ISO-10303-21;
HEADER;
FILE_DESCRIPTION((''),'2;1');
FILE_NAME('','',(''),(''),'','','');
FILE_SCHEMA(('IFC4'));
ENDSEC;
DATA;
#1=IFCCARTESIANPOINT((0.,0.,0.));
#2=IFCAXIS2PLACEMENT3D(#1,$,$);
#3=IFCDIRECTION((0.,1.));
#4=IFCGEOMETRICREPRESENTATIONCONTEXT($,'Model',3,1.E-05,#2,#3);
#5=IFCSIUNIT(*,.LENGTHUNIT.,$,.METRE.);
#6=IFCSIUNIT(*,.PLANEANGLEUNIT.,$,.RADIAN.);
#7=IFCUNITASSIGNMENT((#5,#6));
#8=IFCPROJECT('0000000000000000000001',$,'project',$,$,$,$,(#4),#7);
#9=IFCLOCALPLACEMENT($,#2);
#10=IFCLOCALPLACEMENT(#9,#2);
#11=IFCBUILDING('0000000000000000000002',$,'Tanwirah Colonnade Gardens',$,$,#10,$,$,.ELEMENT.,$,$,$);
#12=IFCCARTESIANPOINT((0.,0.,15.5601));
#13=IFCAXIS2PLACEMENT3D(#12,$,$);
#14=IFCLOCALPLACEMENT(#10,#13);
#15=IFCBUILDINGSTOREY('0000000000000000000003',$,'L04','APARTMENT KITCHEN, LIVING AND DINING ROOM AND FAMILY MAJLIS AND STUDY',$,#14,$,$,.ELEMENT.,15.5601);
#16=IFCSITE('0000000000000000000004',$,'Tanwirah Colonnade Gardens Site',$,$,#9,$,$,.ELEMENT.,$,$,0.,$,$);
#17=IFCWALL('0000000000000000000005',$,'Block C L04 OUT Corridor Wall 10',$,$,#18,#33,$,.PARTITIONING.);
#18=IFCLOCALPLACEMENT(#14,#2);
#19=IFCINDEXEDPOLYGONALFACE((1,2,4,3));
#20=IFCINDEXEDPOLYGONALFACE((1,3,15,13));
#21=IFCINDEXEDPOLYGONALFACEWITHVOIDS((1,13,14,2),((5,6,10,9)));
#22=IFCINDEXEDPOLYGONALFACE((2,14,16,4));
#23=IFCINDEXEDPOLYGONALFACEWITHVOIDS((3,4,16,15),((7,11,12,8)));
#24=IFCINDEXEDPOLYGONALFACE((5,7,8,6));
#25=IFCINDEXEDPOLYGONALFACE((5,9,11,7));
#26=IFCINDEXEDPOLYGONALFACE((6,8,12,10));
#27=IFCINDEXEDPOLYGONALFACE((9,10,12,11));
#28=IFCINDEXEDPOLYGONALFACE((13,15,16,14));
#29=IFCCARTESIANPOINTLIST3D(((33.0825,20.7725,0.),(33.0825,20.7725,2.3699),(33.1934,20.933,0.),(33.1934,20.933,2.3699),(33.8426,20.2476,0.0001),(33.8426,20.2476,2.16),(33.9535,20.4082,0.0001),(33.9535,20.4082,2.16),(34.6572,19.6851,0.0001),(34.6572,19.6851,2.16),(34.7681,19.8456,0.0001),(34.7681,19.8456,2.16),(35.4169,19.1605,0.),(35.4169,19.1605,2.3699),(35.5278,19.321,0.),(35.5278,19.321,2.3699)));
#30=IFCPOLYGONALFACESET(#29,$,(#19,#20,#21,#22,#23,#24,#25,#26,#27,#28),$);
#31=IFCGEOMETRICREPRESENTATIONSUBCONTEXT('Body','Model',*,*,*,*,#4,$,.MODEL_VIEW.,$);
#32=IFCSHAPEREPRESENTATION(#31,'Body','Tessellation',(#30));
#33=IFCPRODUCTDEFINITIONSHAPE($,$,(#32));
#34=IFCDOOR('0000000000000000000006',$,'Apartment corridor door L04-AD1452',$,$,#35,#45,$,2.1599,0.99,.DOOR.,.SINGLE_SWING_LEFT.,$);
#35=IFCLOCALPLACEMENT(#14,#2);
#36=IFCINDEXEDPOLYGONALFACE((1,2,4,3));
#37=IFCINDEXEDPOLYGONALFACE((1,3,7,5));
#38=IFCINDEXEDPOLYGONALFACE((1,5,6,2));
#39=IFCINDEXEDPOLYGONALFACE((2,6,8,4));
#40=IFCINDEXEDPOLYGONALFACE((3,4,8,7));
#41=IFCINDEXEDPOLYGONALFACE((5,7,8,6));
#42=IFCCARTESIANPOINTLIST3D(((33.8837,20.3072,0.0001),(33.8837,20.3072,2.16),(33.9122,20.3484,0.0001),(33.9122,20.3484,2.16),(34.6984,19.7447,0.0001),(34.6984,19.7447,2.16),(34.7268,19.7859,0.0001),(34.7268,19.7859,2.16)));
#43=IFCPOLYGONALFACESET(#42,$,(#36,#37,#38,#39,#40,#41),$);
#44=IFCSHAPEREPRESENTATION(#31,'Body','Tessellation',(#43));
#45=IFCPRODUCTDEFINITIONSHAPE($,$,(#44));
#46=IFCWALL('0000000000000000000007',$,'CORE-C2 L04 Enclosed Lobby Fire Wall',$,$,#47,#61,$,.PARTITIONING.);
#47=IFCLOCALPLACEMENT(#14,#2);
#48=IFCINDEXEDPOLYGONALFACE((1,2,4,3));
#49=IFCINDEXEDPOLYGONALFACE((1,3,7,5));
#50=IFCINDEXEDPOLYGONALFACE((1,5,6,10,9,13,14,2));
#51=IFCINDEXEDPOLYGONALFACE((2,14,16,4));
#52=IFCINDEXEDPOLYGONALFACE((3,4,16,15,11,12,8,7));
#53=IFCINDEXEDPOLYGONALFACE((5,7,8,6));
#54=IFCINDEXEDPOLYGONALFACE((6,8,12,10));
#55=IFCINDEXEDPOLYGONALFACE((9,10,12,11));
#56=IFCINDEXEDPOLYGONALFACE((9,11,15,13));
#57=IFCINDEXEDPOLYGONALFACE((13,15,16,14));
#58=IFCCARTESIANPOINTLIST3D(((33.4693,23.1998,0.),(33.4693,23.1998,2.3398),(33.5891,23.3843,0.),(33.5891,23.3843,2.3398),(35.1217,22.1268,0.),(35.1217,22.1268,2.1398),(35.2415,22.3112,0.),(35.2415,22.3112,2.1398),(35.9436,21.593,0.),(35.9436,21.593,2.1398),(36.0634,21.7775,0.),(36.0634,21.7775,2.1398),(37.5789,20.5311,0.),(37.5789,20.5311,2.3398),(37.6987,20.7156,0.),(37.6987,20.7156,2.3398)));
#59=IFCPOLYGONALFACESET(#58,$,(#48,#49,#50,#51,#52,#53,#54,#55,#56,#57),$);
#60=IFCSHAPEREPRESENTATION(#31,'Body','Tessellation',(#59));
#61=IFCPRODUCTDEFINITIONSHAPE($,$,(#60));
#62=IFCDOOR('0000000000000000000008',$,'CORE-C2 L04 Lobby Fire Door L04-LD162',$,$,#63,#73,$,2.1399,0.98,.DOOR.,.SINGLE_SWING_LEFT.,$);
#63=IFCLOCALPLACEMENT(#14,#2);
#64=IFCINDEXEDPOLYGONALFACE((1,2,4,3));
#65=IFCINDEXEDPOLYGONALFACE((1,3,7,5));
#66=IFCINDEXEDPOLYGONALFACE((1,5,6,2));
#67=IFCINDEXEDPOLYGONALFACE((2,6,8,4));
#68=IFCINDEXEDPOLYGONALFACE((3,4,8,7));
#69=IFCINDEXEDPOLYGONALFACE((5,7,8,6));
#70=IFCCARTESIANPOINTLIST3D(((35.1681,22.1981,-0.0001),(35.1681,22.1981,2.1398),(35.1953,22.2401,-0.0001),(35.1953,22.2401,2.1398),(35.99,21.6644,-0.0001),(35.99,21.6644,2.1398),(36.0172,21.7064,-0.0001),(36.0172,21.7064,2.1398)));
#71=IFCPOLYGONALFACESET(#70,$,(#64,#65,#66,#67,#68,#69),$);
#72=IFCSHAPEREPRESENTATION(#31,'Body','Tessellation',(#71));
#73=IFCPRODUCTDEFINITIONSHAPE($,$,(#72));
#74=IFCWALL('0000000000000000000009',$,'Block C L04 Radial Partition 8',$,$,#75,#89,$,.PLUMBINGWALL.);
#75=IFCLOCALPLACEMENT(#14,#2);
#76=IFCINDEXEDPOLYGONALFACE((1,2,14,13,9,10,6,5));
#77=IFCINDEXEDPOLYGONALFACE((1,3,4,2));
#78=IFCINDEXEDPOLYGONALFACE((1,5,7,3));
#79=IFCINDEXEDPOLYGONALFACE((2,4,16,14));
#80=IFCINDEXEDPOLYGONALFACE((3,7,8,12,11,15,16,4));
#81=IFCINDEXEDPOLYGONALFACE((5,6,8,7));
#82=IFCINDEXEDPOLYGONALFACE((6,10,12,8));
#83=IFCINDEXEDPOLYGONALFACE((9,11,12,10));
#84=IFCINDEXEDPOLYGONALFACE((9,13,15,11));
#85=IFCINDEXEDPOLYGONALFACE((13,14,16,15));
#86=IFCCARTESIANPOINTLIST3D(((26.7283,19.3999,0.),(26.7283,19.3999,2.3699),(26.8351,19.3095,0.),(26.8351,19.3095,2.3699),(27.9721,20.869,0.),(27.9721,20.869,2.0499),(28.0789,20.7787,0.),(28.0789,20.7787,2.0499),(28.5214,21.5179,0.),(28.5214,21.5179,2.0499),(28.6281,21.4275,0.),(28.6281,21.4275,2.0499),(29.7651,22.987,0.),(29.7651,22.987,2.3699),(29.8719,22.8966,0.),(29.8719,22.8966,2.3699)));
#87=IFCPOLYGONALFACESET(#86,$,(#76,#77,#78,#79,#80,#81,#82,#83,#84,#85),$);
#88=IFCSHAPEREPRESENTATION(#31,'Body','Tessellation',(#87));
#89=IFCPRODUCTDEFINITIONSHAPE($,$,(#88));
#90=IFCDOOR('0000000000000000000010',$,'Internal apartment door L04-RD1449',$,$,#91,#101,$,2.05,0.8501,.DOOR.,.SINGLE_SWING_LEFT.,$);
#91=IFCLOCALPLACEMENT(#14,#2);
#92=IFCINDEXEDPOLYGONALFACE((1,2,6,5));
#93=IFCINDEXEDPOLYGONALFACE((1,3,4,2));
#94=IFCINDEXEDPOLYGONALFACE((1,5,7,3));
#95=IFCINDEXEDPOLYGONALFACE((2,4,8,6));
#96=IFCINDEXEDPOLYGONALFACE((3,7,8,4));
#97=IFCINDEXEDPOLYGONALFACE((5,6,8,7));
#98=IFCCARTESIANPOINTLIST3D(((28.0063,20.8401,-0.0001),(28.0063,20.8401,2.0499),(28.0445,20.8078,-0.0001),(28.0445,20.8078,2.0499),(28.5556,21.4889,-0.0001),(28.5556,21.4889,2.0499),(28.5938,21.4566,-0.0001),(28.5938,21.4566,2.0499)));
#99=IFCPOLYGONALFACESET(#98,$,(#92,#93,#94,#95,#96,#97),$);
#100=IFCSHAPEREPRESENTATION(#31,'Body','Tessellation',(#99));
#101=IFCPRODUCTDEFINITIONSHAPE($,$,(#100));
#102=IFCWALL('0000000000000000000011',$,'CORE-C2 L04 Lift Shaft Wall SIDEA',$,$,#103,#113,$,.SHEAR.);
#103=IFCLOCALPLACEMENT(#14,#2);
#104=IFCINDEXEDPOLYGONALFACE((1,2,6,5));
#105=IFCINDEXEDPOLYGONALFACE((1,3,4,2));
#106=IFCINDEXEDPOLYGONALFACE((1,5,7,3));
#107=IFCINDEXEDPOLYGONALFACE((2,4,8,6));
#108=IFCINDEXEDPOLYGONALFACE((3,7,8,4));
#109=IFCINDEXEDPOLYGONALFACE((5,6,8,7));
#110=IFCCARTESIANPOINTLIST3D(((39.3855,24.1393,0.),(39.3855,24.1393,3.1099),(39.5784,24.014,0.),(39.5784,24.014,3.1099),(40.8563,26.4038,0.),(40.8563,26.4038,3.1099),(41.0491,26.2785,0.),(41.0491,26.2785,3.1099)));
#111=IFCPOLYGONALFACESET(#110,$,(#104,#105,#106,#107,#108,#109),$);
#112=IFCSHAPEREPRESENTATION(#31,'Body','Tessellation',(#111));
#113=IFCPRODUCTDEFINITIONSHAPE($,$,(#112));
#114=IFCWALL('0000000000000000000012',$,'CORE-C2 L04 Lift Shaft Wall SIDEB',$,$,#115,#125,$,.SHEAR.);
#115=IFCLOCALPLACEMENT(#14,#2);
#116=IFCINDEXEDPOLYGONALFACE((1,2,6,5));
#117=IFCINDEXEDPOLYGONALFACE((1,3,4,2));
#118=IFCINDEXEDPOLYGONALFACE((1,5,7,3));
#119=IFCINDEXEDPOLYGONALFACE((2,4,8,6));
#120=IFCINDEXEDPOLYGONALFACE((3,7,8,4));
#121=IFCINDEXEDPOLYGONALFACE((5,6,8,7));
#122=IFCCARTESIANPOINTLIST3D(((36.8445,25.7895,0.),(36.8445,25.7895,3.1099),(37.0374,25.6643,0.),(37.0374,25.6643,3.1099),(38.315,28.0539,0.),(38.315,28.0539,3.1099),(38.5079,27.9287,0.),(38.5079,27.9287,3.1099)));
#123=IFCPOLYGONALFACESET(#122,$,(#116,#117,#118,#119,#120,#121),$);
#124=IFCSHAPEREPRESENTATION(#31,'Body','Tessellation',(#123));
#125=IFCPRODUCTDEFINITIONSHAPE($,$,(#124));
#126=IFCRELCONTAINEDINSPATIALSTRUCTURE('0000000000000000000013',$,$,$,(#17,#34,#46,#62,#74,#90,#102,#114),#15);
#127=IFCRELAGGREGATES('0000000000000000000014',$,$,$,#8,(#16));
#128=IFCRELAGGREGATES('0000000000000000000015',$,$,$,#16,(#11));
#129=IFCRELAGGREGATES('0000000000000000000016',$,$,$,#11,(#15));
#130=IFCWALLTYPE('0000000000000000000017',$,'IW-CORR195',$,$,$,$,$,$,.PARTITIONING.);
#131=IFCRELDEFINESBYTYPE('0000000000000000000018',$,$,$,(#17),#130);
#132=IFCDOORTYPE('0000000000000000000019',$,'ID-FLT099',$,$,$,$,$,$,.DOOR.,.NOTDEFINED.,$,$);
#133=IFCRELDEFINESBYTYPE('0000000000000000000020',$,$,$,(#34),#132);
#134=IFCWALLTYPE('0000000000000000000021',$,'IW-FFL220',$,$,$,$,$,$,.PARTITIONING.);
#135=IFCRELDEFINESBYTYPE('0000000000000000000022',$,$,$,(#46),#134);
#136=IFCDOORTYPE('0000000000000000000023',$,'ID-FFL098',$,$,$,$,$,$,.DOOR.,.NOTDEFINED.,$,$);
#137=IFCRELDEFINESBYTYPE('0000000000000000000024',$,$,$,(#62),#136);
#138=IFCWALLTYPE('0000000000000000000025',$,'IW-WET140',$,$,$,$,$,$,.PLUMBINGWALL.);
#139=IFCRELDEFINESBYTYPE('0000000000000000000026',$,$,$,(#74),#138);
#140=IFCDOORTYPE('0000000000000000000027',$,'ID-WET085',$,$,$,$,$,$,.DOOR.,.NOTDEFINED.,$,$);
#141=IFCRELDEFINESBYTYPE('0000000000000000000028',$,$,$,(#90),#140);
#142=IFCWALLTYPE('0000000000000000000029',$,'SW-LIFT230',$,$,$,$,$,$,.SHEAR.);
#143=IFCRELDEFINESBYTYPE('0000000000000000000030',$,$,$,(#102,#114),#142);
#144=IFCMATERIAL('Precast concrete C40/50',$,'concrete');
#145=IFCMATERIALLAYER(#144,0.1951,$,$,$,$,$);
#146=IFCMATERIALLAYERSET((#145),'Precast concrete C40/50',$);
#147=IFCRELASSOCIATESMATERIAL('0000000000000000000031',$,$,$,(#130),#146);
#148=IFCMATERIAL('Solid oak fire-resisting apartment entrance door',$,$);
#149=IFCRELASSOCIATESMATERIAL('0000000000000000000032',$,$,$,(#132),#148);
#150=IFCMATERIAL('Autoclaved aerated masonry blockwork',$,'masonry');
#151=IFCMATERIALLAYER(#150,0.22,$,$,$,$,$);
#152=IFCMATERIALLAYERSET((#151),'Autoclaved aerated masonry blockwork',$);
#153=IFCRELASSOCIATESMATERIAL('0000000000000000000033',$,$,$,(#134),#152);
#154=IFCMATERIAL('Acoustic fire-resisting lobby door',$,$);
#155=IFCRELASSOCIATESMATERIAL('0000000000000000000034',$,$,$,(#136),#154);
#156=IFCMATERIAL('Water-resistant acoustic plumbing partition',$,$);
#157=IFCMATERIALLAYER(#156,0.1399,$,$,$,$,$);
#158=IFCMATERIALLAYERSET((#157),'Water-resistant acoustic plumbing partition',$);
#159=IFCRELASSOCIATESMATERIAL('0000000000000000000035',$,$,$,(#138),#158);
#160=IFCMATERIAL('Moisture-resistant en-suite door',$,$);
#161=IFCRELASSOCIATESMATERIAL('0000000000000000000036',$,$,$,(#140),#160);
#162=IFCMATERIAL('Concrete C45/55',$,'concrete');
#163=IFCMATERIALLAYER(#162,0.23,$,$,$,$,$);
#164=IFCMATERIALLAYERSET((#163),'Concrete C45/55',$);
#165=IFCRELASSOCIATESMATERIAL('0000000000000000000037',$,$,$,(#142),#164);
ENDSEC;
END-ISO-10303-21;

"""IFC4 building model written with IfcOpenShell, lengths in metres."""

from ifc_helpers import new_model, si_unit, direction, frame, frame_2d, origin, place, context, subcontext, project, spatial, rectangle, extrude, material, layer, layer_set, type_object, element, fill, save


model = new_model("IFC4")

# Units and contexts
model_context = context("Model", 3, precision=1e-05, world=origin(), true_north=direction((0.0, 1.0)))
body_context = subcontext(model_context, "Body", "Model", "MODEL_VIEW")
ifc_project = project(units=[si_unit("LENGTHUNIT", "METRE"), si_unit("PLANEANGLEUNIT", "RADIAN")], contexts=[model_context])

# Site, building, storey
site_placement = place(None, origin())
site = spatial("IfcSite", under=ifc_project, at=site_placement, Name="Tanwirah Colonnade Gardens Site", CompositionType="ELEMENT", RefElevation=0.0)
building_placement = place(site_placement, origin())
building = spatial("IfcBuilding", under=site, at=building_placement, Name="Tanwirah Colonnade Gardens", CompositionType="ELEMENT")
storey_placement = place(building_placement, frame((0.0, 0.0, 15.5601)))
storey = spatial("IfcBuildingStorey", under=building, at=storey_placement, Name="L04", Description="APARTMENT KITCHEN, LIVING AND DINING ROOM AND FAMILY MAJLIS AND STUDY", CompositionType="ELEMENT", Elevation=15.5601)

# Shared definitions
ifc_material_1 = material(Name="Precast concrete C40/50", Category="concrete")

# Walls, openings, doors
ifc_layer_1 = layer(ifc_material_1, 0.1951)
ifc_layer_set_1 = layer_set([ifc_layer_1], Name="Precast concrete C40/50")
wall_type_1 = type_object("IfcWallType", Name="IW-CORR195", PredefinedType="PARTITIONING", material=ifc_layer_set_1)
ifc_material_2 = material(Name="Solid oak fire-resisting apartment entrance door")
wall_1_placement = place(storey_placement, frame((33.1379, 20.8528, 0.0), z_axis=(0.0, 0.0, 1.0), x_axis=(0.82287, -0.56823, 0.0)))
wall_1 = element("IfcWall", 1, at=wall_1_placement, inside=storey, type_object=wall_type_1, Name="Block C L04 OUT Corridor Wall 10", PredefinedType="PARTITIONING", context=body_context, shape_type="SweptSolid", body=[
    extrude(rectangle(XDim=2.8369, YDim=0.1951, at=frame_2d((1.4185, 0.0))), origin(), (0.0, 0.0, 1.0), 2.3699),
])
opening_1_placement = place(wall_1_placement, frame((0.9236, 0.0, 0.0)))
opening_1 = element("IfcOpeningElement", 2, at=opening_1_placement, cuts=wall_1, PredefinedType="OPENING", context=body_context, shape_type="SweptSolid", body=[
    extrude(rectangle(XDim=0.99, YDim=2.1599, at=frame_2d((0.4951, 1.0801))), frame((0.0, 0.1074, 0.0), z_axis=(0.0, -1.0, 0.0), x_axis=(1.0, 0.0, 0.0)), (0.0, 0.0, 1.0), 0.2151),
])
door_type_1 = type_object("IfcDoorType", Name="ID-FLT099", OperationType="NOTDEFINED", PredefinedType="DOOR", material=ifc_material_2)
door_1_placement = place(opening_1_placement, origin())
door_1 = element("IfcDoor", 3, at=door_1_placement, inside=storey, type_object=door_type_1, Name="Apartment corridor door L04-AD1452", OperationType="SINGLE_SWING_LEFT", OverallHeight=2.1599, OverallWidth=0.99, PredefinedType="DOOR", context=body_context, shape_type="SweptSolid", body=[
    extrude(rectangle(XDim=0.99, YDim=2.1599, at=frame_2d((0.4951, 1.0801))), frame((0.0, 0.0249, 0.0), z_axis=(0.0, -1.0, 0.0), x_axis=(1.0, 0.0, 0.0)), (0.0, 0.0, 1.0), 0.05),
])
fill(opening_1, door_1)
ifc_material_3 = material(Name="Autoclaved aerated masonry blockwork", Category="masonry")
ifc_layer_2 = layer(ifc_material_3, 0.22)
ifc_layer_set_2 = layer_set([ifc_layer_2], Name="Autoclaved aerated masonry blockwork")
wall_type_2 = type_object("IfcWallType", Name="IW-FFL220", PredefinedType="PARTITIONING", material=ifc_layer_set_2)
wall_2_placement = place(storey_placement, frame((37.6389, 20.6233, 0.0), z_axis=(0.0, 0.0, 1.0), x_axis=(-0.838681, 0.544622, 0.0)))
wall_2 = element("IfcWall", 4, at=wall_2_placement, inside=storey, type_object=wall_type_2, Name="CORE-C2 L04 Enclosed Lobby Fire Wall", PredefinedType="PARTITIONING", context=body_context, shape_type="SweptSolid", body=[
    extrude(rectangle(XDim=4.9001, YDim=0.22, at=frame_2d((2.4502, 0.0))), origin(), (0.0, 0.0, 1.0), 2.3398),
])
opening_2_placement = place(wall_2_placement, frame((1.95, 0.0, 0.0)))
opening_2 = element("IfcOpeningElement", 5, at=opening_2_placement, cuts=wall_2, PredefinedType="OPENING", context=body_context, shape_type="SweptSolid", body=[
    extrude(rectangle(XDim=0.98, YDim=2.1399, at=frame_2d((0.49, 1.0698))), frame((0.0, 0.1199, 0.0), z_axis=(0.0, -1.0, 0.0), x_axis=(1.0, 0.0, 0.0)), (0.0, 0.0, 1.0), 0.24),
])
ifc_material_4 = material(Name="Acoustic fire-resisting lobby door")
door_type_2 = type_object("IfcDoorType", Name="ID-FFL098", OperationType="NOTDEFINED", PredefinedType="DOOR", material=ifc_material_4)
door_2_placement = place(opening_2_placement, origin())
door_2 = element("IfcDoor", 6, at=door_2_placement, inside=storey, type_object=door_type_2, Name="CORE-C2 L04 Lobby Fire Door L04-LD162", OperationType="SINGLE_SWING_LEFT", OverallHeight=2.1399, OverallWidth=0.98, PredefinedType="DOOR", context=body_context, shape_type="SweptSolid", body=[
    extrude(rectangle(XDim=0.98, YDim=2.1399, at=frame_2d((0.49, 1.0698))), frame((0.0, 0.0249, 0.0), z_axis=(0.0, -1.0, 0.0), x_axis=(1.0, 0.0, 0.0)), (0.0, 0.0, 1.0), 0.05),
])
fill(opening_2, door_2)
ifc_material_5 = material(Name="Water-resistant acoustic plumbing partition")
ifc_layer_3 = layer(ifc_material_5, 0.1399)
ifc_layer_set_3 = layer_set([ifc_layer_3], Name="Water-resistant acoustic plumbing partition")
wall_type_3 = type_object("IfcWallType", Name="IW-WET140", PredefinedType="PLUMBINGWALL", material=ifc_layer_set_3)
wall_3_placement = place(storey_placement, frame((29.8186, 22.9419, 0.0), z_axis=(0.0, 0.0, 1.0), x_axis=(-0.646138, -0.763221, 0.0)))
wall_3 = element("IfcWall", 7, at=wall_3_placement, inside=storey, type_object=wall_type_3, Name="Block C L04 Radial Partition 8", PredefinedType="PLUMBINGWALL", context=body_context, shape_type="SweptSolid", body=[
    extrude(rectangle(XDim=4.7, YDim=0.1399, at=frame_2d((2.3501, 0.0))), origin(), (0.0, 0.0, 1.0), 2.3699),
])
opening_3_placement = place(wall_3_placement, frame((1.925, 0.0, 0.0)))
opening_3 = element("IfcOpeningElement", 8, at=opening_3_placement, cuts=wall_3, PredefinedType="OPENING", context=body_context, shape_type="SweptSolid", body=[
    extrude(rectangle(XDim=0.8501, YDim=2.05, at=frame_2d((0.425, 1.0249))), frame((0.0, 0.0798, 0.0), z_axis=(0.0, -1.0, 0.0), x_axis=(1.0, 0.0, 0.0)), (0.0, 0.0, 1.0), 0.1599),
])
ifc_material_6 = material(Name="Moisture-resistant en-suite door")
door_type_3 = type_object("IfcDoorType", Name="ID-WET085", OperationType="NOTDEFINED", PredefinedType="DOOR", material=ifc_material_6)
door_3_placement = place(opening_3_placement, origin())
door_3 = element("IfcDoor", 9, at=door_3_placement, inside=storey, type_object=door_type_3, Name="Internal apartment door L04-RD1449", OperationType="SINGLE_SWING_LEFT", OverallHeight=2.05, OverallWidth=0.8501, PredefinedType="DOOR", context=body_context, shape_type="SweptSolid", body=[
    extrude(rectangle(XDim=0.8501, YDim=2.05, at=frame_2d((0.425, 1.0249))), frame((0.0, 0.0249, 0.0), z_axis=(0.0, -1.0, 0.0), x_axis=(1.0, 0.0, 0.0)), (0.0, 0.0, 1.0), 0.05),
])
fill(opening_3, door_3)
ifc_material_7 = material(Name="Concrete C45/55", Category="concrete")
ifc_layer_4 = layer(ifc_material_7, 0.23)
ifc_layer_set_4 = layer_set([ifc_layer_4], Name="Concrete C45/55")
wall_type_4 = type_object("IfcWallType", Name="SW-LIFT230", PredefinedType="SHEAR", material=ifc_layer_set_4)

# Walls
wall_4_placement = place(storey_placement, frame((39.4819, 24.0767, 0.0), z_axis=(0.0, 0.0, 1.0), x_axis=(0.544686, 0.83864, 0.0)))
element("IfcWall", 10, at=wall_4_placement, inside=storey, type_object=wall_type_4, Name="CORE-C2 L04 Lift Shaft Wall SIDEA", PredefinedType="SHEAR", context=body_context, shape_type="SweptSolid", body=[
    extrude(rectangle(XDim=2.7002, YDim=0.23, at=frame_2d((1.3501, 0.0))), origin(), (0.0, 0.0, 1.0), 3.1099),
])
wall_5_placement = place(storey_placement, frame((36.9409, 25.7268, 0.0), z_axis=(0.0, 0.0, 1.0), x_axis=(0.544623, 0.838681, 0.0)))
element("IfcWall", 11, at=wall_5_placement, inside=storey, type_object=wall_type_4, Name="CORE-C2 L04 Lift Shaft Wall SIDEB", PredefinedType="SHEAR", context=body_context, shape_type="SweptSolid", body=[
    extrude(rectangle(XDim=2.7, YDim=0.23, at=frame_2d((1.3501, 0.0))), origin(), (0.0, 0.0, 1.0), 3.1099),
])

save(model, "model.ifc")
